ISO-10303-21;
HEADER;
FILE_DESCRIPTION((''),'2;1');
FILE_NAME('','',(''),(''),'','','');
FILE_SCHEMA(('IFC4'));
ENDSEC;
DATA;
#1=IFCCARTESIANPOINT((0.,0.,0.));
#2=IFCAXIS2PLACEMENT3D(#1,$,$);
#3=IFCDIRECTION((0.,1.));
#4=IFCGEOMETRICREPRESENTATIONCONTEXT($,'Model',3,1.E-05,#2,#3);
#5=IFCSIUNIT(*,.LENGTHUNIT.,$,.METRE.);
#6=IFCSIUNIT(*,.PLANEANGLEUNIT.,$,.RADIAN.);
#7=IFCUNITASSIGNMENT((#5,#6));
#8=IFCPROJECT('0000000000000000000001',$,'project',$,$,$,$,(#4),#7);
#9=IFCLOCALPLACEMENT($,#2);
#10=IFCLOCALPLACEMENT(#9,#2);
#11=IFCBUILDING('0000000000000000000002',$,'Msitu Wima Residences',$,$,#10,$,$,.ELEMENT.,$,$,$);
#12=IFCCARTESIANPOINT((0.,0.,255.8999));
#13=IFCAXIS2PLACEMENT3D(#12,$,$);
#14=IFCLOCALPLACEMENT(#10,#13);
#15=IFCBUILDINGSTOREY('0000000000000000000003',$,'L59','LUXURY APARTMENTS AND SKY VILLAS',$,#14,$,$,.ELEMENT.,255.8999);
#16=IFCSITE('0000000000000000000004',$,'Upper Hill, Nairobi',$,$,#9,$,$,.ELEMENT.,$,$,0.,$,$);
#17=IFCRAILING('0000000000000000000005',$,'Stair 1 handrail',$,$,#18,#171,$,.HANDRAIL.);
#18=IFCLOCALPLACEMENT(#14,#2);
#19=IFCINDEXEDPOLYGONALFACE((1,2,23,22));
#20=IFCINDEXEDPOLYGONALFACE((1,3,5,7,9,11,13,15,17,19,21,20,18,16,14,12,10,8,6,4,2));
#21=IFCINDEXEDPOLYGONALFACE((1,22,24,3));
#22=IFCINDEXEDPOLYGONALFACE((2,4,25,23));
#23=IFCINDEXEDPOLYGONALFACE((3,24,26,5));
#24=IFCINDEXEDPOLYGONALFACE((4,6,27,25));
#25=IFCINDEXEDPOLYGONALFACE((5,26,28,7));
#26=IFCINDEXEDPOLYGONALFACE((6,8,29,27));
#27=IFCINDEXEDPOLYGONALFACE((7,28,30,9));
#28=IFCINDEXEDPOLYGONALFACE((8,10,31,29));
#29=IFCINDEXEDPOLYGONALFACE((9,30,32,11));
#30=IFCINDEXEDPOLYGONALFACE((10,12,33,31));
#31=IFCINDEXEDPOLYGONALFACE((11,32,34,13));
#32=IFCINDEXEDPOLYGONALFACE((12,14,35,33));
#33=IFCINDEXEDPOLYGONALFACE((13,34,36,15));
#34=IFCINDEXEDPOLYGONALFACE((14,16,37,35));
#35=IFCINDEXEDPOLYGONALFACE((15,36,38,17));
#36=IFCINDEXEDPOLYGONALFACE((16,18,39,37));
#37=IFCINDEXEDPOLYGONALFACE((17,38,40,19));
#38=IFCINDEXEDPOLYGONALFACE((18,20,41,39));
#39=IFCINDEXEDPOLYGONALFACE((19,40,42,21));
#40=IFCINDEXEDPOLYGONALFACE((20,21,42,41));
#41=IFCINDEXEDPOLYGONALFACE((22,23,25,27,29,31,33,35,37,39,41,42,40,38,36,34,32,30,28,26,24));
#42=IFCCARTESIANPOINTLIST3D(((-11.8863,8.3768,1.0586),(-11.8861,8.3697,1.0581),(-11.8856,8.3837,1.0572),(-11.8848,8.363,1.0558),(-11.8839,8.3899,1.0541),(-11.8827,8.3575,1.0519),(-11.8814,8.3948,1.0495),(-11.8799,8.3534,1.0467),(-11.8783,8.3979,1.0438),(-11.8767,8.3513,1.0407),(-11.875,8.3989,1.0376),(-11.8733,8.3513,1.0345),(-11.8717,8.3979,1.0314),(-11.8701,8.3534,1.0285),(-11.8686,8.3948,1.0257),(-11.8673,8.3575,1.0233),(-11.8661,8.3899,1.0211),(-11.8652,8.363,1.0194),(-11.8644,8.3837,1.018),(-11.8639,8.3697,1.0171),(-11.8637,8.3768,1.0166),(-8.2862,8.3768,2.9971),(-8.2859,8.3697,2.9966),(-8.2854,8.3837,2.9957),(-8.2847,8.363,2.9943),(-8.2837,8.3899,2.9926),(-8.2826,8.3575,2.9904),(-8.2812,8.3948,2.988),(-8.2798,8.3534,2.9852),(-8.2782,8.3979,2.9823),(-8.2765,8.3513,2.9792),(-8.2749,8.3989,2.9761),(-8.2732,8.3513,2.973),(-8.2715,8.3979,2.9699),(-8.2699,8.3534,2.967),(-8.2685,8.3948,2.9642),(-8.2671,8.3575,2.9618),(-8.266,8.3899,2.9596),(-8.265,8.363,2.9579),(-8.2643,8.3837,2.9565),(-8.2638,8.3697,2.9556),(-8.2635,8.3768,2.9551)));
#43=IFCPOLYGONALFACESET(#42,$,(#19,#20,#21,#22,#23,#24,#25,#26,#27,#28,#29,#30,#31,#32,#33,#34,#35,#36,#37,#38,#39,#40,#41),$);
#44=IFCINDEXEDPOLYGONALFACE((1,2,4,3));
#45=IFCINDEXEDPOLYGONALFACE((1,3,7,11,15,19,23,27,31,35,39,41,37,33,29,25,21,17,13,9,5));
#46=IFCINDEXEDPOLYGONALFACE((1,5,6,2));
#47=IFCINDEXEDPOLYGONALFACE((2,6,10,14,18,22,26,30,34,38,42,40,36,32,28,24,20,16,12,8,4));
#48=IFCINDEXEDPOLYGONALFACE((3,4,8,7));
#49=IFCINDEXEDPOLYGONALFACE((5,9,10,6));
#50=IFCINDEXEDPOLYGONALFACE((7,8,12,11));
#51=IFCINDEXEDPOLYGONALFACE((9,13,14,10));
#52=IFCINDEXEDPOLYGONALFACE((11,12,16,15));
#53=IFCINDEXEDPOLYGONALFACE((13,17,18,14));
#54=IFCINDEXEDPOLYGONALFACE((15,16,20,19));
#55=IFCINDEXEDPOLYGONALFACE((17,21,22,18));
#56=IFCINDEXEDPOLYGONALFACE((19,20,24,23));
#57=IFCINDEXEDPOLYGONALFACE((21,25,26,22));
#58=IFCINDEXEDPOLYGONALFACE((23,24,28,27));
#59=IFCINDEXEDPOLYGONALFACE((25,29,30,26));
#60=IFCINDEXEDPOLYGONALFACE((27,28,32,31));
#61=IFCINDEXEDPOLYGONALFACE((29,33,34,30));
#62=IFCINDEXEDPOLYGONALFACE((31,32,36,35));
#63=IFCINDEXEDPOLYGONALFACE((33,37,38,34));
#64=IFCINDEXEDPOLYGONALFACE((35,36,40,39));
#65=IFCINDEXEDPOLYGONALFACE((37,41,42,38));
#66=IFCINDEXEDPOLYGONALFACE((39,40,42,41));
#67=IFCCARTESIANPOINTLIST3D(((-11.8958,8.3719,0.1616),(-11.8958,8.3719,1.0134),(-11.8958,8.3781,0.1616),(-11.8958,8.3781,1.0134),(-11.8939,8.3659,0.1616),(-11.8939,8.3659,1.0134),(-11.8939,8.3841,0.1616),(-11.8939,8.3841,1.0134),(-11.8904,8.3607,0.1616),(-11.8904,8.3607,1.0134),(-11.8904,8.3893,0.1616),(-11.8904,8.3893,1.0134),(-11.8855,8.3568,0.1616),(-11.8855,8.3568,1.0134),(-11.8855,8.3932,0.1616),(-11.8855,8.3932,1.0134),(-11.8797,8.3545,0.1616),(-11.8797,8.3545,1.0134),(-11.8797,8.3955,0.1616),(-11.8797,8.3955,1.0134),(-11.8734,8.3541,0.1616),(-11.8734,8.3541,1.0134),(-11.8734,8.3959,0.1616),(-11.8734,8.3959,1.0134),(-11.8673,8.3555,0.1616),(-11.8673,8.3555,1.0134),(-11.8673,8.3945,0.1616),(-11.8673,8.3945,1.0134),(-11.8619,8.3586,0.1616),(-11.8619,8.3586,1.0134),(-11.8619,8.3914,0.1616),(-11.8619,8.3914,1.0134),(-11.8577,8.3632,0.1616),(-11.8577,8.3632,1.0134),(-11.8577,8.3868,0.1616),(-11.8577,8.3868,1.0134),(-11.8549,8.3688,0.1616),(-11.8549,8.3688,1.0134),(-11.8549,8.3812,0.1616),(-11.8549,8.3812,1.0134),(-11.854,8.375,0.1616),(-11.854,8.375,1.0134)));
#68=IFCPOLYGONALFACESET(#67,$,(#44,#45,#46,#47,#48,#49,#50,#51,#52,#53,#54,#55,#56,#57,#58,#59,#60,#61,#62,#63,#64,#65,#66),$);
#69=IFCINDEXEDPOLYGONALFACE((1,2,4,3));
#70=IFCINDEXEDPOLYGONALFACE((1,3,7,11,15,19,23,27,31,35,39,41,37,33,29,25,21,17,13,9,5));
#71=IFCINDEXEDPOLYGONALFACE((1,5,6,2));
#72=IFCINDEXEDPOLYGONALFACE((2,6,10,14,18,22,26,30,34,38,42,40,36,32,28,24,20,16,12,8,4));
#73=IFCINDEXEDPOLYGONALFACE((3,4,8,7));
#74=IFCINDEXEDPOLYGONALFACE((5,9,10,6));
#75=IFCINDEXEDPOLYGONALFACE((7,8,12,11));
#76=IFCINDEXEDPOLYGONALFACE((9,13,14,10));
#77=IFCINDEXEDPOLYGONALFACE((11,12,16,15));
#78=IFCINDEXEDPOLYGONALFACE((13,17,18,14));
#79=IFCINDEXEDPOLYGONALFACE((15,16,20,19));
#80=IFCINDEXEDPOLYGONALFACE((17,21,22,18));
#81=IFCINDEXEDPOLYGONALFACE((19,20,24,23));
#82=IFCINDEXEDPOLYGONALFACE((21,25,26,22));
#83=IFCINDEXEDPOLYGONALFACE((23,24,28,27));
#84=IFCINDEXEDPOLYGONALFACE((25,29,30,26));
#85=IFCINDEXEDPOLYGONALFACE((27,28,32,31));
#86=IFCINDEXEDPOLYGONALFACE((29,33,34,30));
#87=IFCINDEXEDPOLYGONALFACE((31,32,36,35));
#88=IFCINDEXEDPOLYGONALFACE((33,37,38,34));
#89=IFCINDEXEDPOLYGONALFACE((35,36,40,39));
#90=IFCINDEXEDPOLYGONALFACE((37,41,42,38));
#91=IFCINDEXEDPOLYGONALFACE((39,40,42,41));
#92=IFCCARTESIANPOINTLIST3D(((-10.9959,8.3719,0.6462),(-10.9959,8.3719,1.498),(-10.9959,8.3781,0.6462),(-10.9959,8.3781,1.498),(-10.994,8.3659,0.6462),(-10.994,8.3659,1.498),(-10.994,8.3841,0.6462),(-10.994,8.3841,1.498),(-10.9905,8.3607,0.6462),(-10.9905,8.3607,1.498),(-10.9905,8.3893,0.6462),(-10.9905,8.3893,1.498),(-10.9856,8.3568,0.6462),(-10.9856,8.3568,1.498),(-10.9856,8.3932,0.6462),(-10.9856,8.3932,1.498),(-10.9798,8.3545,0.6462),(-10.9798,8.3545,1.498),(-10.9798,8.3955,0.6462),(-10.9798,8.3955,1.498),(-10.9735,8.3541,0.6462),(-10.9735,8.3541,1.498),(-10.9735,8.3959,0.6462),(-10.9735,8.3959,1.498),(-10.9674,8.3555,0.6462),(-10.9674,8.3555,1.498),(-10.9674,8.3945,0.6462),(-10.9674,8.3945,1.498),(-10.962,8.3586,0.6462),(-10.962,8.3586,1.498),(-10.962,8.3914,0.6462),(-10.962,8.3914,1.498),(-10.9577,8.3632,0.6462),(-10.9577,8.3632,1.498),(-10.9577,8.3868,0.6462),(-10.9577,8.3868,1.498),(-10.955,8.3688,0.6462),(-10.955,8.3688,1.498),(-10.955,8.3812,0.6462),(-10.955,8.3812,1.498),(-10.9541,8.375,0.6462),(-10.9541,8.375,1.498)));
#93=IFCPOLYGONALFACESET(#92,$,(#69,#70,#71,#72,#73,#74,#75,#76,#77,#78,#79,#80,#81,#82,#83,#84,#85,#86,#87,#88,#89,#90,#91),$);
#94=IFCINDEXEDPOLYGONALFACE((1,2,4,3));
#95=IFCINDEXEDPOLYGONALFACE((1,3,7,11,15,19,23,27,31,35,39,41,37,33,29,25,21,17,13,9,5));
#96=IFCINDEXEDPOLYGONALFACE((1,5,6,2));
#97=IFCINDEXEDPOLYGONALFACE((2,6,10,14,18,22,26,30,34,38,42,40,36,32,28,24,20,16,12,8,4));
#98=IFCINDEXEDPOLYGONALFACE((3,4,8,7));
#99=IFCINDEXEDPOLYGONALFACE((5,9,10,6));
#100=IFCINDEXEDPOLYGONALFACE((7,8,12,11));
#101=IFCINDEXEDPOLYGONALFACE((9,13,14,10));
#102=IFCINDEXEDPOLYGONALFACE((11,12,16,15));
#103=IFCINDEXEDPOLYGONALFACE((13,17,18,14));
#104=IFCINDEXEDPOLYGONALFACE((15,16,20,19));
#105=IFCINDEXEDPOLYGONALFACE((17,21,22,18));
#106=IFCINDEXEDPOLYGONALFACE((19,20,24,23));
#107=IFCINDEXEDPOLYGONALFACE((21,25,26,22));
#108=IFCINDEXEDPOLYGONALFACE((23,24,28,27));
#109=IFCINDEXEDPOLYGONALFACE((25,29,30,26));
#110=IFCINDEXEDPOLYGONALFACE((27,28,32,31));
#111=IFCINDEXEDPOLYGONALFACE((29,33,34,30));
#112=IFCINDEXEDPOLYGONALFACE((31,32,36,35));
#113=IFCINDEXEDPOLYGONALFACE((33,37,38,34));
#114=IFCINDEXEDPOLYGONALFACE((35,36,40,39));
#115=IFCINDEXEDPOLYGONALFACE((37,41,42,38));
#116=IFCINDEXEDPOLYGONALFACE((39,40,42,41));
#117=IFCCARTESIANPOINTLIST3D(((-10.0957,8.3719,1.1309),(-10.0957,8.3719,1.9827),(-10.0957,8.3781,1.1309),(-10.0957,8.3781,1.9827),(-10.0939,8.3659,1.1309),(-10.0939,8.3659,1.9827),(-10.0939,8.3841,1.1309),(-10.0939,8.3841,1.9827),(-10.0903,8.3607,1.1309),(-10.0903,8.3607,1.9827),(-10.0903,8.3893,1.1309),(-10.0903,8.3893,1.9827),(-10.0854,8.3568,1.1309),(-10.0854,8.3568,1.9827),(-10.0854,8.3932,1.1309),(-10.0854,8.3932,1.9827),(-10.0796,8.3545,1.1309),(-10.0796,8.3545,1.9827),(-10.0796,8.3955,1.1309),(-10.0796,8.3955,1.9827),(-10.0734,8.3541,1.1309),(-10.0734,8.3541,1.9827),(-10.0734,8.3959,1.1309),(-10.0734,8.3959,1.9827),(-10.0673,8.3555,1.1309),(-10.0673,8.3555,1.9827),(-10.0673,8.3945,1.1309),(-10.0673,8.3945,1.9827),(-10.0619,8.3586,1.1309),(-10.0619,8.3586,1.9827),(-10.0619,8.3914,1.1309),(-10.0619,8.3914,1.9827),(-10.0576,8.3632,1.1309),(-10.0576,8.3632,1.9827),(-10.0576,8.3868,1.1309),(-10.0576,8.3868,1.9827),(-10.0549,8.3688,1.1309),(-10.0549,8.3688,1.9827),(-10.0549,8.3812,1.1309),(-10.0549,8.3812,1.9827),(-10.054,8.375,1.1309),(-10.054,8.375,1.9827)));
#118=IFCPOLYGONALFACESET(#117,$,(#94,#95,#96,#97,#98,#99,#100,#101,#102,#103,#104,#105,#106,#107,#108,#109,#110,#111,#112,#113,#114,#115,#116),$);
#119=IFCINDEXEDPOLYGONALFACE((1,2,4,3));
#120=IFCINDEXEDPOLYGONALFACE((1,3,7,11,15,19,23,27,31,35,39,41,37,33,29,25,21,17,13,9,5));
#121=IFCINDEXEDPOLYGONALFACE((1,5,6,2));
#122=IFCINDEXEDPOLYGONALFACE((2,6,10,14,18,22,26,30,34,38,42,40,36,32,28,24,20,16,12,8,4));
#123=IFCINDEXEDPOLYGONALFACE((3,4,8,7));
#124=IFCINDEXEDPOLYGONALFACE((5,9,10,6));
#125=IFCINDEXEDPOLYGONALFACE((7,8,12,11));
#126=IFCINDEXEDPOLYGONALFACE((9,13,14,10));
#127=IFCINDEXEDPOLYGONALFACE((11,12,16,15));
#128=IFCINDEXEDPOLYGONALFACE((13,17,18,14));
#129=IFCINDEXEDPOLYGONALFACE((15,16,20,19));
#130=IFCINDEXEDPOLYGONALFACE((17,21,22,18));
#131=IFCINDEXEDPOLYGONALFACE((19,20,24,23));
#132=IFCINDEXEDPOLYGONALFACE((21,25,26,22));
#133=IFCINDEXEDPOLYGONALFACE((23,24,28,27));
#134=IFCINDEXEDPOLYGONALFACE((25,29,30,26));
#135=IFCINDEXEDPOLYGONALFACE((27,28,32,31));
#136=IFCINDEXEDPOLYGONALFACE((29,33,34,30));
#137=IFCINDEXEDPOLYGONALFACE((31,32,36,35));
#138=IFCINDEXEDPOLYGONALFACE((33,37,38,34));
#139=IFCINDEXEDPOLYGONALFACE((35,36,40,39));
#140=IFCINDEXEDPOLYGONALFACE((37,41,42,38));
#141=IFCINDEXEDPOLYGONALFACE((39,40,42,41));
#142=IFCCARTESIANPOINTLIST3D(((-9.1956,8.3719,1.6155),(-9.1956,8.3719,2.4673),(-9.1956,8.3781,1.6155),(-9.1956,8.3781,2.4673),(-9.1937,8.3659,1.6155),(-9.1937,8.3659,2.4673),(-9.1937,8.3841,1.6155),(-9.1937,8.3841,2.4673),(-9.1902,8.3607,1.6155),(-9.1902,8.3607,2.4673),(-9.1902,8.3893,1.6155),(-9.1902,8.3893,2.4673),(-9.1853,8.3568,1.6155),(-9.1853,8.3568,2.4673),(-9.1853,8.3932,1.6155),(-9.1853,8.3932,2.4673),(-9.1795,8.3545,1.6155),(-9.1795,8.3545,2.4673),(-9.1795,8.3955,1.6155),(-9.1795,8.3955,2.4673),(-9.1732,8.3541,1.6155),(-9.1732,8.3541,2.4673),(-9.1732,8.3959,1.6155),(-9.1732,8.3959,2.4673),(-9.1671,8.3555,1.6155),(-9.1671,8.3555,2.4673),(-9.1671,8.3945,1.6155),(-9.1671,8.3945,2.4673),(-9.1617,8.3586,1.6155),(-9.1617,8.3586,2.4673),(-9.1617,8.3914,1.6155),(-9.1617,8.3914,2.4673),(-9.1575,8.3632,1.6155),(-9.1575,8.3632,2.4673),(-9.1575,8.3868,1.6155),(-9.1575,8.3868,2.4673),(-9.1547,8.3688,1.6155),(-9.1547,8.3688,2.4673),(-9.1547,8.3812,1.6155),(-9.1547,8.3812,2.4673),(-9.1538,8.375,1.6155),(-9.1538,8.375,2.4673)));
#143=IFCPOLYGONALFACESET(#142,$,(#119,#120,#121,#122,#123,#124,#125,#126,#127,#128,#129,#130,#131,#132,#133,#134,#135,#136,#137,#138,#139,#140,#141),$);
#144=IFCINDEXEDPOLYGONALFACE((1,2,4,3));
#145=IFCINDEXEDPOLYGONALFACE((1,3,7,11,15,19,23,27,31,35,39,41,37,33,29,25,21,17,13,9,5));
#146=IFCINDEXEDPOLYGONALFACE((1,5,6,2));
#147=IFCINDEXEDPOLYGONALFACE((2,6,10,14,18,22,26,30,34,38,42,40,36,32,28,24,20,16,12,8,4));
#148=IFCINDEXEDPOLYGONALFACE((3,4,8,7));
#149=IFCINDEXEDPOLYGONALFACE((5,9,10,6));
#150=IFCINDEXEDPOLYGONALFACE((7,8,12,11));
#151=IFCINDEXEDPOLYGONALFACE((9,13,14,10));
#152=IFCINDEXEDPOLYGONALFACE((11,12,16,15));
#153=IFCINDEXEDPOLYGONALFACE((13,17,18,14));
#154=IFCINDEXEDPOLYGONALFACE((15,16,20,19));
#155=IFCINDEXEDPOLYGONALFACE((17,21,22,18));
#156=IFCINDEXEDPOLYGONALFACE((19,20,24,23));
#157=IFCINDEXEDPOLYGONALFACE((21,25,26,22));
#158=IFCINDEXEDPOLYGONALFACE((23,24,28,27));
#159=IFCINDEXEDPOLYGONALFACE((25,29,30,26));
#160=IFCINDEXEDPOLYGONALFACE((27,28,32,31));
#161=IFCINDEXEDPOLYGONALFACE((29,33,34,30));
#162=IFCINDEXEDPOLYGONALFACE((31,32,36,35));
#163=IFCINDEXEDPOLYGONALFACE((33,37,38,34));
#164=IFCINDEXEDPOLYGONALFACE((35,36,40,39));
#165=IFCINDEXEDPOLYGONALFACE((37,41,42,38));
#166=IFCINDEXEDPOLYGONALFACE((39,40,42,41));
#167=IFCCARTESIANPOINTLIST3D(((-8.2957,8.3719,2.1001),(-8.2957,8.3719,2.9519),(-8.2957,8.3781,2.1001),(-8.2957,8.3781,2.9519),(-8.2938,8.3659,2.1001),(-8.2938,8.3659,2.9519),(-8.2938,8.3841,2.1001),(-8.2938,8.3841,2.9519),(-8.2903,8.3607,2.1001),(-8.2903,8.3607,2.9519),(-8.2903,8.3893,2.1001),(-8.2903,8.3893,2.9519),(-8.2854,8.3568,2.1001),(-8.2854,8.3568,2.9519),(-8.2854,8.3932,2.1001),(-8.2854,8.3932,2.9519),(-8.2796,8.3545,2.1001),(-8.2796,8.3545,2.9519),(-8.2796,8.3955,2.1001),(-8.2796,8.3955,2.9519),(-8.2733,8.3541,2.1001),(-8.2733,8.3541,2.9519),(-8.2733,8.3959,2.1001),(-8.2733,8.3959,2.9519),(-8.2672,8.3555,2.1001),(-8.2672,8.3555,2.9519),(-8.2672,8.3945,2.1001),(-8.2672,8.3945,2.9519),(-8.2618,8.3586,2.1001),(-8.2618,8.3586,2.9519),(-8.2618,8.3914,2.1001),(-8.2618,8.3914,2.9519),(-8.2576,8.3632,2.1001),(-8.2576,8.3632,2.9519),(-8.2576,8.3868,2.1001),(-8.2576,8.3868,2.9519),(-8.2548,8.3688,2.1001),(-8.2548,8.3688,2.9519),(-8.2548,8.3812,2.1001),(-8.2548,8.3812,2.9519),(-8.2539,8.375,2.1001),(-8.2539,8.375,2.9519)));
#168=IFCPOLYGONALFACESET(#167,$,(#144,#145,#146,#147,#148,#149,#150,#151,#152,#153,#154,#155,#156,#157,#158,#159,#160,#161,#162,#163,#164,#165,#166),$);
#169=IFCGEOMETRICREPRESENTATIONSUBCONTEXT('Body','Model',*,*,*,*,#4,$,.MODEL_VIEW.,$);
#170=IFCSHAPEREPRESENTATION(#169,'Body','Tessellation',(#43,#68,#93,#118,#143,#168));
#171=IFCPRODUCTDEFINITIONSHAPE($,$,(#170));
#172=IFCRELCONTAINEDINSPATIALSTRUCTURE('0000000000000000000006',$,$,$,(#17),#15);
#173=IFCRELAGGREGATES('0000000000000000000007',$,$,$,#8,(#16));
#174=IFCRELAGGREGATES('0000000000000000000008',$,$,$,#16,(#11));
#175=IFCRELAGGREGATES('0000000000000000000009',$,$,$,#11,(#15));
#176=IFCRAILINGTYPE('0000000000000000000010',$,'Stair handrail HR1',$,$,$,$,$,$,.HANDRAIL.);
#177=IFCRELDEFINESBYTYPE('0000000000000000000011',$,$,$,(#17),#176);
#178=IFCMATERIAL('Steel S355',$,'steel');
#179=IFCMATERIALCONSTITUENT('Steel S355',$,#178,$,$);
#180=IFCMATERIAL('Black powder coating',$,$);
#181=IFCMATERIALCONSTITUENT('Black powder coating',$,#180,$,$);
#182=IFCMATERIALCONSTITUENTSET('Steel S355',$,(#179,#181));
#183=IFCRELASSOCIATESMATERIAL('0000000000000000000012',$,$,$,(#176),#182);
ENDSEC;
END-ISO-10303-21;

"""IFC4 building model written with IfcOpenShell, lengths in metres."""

from ifc_helpers import new_model, si_unit, direction, frame, origin, origin_2d, place, context, subcontext, project, spatial, circle, extrude, material, constituent, constituent_set, type_object, element, save


model = new_model("IFC4")

# Units and contexts
model_context = context("Model", 3, precision=1e-05, world=origin(), true_north=direction((0.0, 1.0)))
body_context = subcontext(model_context, "Body", "Model", "MODEL_VIEW")
ifc_project = project(units=[si_unit("LENGTHUNIT", "METRE"), si_unit("PLANEANGLEUNIT", "RADIAN")], contexts=[model_context])

# Site, building, storey
site_placement = place(None, origin())
site = spatial("IfcSite", under=ifc_project, at=site_placement, Name="Upper Hill, Nairobi", CompositionType="ELEMENT", RefElevation=0.0)
building_placement = place(site_placement, origin())
building = spatial("IfcBuilding", under=site, at=building_placement, Name="Msitu Wima Residences", CompositionType="ELEMENT")
storey_placement = place(building_placement, frame((0.0, 0.0, 255.8999)))
storey = spatial("IfcBuildingStorey", under=building, at=storey_placement, Name="L59", Description="LUXURY APARTMENTS AND SKY VILLAS", CompositionType="ELEMENT", Elevation=255.8999)

# Railing
ifc_material_1 = material(Name="Steel S355", Category="steel")
ifc_constituent_1 = constituent(ifc_material_1, Name="Steel S355")
ifc_material_2 = material(Name="Black powder coating")
ifc_constituent_2 = constituent(ifc_material_2, Name="Black powder coating")
ifc_constituent_set = constituent_set(constituents=[ifc_constituent_1, ifc_constituent_2], Name="Steel S355")
railing_type = type_object("IfcRailingType", Name="Stair handrail HR1", PredefinedType="HANDRAIL", material=ifc_constituent_set)
for number, where, name in (
    (1, (-11.875, 8.375, 0.1616), "Stair 1 handrail"),
):
    element("IfcRailing", number, at=place(storey_placement, frame(where)), inside=storey, type_object=railing_type, Name=name, PredefinedType="HANDRAIL", context=body_context, shape_type="SweptSolid", body=[
        extrude(circle(Radius=0.0239, at=origin_2d()), frame((0.0, 0.0, 0.876), z_axis=(0.880475, 0.0, 0.474093), x_axis=(0.0, 1.0, 0.0)), (0.0, 0.0, 1.0), 4.0889),
        extrude(circle(Radius=0.021, at=origin_2d()), origin(), (0.0, 0.0, 1.0), 0.8518),
        extrude(circle(Radius=0.021, at=origin_2d()), frame((0.8999, 0.0, 0.4846)), (0.0, 0.0, 1.0), 0.8518),
        extrude(circle(Radius=0.021, at=origin_2d()), frame((1.8, 0.0, 0.9692)), (0.0, 0.0, 1.0), 0.8518),
        extrude(circle(Radius=0.021, at=origin_2d()), frame((2.7002, 0.0, 1.4539)), (0.0, 0.0, 1.0), 0.8518),
        extrude(circle(Radius=0.021, at=origin_2d()), frame((3.6001, 0.0, 1.9385)), (0.0, 0.0, 1.0), 0.8518),
    ])

save(model, "model.ifc")
